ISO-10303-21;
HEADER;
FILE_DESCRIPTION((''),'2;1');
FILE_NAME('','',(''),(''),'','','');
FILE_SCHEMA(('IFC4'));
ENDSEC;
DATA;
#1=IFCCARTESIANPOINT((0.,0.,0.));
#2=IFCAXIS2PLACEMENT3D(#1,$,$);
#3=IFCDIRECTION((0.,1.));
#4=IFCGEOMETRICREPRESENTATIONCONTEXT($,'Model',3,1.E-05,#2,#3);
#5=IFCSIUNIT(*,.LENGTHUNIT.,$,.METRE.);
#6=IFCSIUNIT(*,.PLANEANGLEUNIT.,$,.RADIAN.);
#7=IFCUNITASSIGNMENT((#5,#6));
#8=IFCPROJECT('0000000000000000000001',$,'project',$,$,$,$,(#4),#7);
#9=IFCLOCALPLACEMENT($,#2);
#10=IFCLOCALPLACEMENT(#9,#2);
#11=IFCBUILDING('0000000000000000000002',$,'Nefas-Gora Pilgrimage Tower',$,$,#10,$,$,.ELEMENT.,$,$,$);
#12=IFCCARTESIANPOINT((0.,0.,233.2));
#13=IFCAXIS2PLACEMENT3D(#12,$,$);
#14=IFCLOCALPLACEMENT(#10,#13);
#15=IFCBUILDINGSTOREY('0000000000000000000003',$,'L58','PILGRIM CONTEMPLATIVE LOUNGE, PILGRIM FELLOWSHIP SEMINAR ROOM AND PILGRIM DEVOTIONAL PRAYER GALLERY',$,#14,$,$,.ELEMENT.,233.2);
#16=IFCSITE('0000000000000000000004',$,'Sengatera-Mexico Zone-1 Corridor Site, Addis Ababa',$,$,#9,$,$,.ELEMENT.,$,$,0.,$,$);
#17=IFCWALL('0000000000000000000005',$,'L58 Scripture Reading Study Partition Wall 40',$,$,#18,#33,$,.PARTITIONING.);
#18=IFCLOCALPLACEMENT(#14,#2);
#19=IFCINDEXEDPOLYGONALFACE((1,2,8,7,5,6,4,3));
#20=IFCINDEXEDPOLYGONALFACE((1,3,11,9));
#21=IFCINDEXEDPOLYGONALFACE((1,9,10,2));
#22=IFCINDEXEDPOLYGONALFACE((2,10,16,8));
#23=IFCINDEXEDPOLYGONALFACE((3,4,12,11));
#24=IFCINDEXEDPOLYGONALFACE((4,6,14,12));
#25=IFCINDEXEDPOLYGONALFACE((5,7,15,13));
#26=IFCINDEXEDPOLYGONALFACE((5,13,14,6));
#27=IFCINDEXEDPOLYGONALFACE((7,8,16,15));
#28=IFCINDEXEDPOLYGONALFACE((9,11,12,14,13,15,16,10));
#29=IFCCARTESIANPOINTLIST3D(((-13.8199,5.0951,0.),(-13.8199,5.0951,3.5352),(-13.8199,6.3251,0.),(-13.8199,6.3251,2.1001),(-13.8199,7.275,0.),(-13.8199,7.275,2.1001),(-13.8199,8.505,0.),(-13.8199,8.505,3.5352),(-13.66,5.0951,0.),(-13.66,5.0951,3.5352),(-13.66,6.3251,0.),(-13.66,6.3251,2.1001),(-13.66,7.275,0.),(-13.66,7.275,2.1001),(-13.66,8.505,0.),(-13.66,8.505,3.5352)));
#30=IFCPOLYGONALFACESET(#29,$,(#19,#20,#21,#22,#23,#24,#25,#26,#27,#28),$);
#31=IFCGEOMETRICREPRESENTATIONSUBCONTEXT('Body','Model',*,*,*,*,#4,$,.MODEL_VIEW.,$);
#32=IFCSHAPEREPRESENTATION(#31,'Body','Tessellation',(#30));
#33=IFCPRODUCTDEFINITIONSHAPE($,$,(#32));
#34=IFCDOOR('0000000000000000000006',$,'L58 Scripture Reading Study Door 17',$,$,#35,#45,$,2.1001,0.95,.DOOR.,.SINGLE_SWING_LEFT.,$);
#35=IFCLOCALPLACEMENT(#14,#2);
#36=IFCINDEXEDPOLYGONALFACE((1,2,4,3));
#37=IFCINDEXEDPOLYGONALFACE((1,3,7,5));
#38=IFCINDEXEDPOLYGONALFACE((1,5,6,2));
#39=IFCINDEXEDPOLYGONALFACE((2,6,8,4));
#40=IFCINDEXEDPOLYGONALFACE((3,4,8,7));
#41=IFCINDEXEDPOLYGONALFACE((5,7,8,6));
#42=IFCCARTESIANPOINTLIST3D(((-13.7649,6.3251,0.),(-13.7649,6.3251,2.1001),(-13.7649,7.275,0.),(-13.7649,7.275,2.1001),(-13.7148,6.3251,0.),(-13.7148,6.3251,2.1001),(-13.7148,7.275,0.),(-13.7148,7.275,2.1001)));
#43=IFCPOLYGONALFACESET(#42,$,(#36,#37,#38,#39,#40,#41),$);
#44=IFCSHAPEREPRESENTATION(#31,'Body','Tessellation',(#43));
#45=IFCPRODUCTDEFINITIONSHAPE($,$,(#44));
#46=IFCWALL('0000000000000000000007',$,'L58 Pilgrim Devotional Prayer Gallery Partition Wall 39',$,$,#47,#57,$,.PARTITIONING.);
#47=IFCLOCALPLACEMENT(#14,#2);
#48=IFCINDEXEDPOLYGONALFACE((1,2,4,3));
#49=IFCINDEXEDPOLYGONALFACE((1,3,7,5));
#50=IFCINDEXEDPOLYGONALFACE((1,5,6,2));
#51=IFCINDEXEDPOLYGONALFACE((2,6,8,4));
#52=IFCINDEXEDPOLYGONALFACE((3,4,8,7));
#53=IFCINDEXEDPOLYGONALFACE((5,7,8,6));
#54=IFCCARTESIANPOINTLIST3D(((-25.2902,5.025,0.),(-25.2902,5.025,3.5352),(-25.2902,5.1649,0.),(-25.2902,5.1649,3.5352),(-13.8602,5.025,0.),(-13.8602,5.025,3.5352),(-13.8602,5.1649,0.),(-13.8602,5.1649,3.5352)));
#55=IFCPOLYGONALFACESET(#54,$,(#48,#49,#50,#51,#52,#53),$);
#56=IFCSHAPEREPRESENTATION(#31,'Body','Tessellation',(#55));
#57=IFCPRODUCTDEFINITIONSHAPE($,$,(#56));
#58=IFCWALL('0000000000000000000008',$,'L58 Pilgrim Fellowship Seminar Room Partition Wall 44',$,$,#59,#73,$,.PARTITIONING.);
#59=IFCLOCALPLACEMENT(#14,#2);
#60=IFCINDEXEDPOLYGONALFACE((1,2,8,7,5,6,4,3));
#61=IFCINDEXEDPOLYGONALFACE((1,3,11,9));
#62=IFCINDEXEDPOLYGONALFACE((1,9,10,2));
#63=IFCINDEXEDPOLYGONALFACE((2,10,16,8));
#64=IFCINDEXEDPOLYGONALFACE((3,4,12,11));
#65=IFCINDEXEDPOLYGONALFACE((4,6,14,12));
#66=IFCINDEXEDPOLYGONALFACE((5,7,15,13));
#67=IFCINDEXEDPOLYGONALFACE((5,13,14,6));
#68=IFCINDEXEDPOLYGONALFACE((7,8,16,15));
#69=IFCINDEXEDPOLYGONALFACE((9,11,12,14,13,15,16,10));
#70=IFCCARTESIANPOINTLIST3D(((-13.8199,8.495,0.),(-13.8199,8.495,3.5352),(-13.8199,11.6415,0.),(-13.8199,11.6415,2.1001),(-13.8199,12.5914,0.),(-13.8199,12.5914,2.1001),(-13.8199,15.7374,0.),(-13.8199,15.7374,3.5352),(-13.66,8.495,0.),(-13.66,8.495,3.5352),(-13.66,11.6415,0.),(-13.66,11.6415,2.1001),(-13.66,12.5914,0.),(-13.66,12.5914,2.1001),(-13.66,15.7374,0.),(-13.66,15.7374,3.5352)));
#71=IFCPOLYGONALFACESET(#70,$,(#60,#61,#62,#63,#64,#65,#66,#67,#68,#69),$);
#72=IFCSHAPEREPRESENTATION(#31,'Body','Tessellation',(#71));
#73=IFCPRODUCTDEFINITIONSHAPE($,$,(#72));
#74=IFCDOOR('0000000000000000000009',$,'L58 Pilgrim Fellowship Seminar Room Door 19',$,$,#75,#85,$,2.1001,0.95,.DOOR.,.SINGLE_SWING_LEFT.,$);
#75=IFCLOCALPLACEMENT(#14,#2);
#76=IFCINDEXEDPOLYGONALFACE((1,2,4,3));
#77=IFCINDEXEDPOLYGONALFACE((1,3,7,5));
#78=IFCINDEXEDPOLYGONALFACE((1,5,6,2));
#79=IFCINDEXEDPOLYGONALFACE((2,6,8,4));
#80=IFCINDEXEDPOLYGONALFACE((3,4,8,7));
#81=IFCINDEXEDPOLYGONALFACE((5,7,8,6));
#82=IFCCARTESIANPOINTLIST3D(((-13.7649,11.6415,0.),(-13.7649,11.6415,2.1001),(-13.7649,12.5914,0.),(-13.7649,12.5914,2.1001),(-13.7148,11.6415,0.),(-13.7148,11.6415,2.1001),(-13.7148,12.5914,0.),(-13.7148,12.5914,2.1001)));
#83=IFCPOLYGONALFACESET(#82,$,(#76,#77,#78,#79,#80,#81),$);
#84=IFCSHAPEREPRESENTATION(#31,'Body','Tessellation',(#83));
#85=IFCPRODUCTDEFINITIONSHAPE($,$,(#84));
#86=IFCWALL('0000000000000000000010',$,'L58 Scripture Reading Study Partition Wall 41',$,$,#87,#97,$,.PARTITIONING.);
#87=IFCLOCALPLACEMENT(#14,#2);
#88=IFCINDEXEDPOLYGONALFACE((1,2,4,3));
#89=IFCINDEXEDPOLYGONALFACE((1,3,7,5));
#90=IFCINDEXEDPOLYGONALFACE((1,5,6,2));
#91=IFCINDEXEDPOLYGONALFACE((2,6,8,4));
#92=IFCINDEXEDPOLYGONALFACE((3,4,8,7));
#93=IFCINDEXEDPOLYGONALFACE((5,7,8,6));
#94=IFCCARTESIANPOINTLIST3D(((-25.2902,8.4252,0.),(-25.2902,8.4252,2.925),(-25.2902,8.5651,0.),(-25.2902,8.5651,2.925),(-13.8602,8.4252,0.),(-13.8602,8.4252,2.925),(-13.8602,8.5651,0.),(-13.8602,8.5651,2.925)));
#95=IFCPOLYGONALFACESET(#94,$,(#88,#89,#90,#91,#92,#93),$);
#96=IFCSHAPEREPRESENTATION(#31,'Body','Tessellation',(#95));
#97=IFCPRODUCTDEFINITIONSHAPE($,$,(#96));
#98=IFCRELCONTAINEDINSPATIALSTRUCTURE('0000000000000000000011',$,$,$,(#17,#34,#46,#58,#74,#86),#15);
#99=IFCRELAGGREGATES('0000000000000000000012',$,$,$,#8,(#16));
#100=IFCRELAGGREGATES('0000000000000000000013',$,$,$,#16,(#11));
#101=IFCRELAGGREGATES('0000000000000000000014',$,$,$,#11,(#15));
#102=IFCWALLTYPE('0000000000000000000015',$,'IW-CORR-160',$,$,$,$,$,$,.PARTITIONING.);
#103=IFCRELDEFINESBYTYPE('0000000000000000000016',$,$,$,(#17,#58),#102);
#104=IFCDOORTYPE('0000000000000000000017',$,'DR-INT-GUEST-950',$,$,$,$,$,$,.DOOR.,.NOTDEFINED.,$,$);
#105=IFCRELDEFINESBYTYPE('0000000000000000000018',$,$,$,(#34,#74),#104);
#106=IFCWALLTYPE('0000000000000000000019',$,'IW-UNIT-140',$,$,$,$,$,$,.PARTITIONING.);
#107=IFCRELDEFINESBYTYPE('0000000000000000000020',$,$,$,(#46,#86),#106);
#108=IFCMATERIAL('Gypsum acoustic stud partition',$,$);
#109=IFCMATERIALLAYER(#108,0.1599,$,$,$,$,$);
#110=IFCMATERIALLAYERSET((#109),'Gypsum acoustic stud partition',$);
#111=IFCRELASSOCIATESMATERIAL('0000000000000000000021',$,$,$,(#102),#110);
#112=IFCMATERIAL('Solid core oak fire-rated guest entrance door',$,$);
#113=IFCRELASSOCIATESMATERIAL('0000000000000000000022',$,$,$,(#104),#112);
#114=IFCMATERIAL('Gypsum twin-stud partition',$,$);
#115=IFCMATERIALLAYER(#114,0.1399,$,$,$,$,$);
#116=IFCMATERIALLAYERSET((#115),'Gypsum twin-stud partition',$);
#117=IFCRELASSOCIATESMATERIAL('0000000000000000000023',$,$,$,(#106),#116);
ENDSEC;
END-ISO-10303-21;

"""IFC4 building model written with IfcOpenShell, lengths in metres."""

from ifc_helpers import new_model, si_unit, direction, frame, frame_2d, origin, place, context, subcontext, project, spatial, rectangle, extrude, source, transform, mapped, material, layer, layer_set, type_object, element, fill, save


model = new_model("IFC4")

# Units and contexts
model_context = context("Model", 3, precision=1e-05, world=origin(), true_north=direction((0.0, 1.0)))
body_context = subcontext(model_context, "Body", "Model", "MODEL_VIEW")
ifc_project = project(units=[si_unit("LENGTHUNIT", "METRE"), si_unit("PLANEANGLEUNIT", "RADIAN")], contexts=[model_context])

# Site, building, storey
site_placement = place(None, origin())
site = spatial("IfcSite", under=ifc_project, at=site_placement, Name="Sengatera-Mexico Zone-1 Corridor Site, Addis Ababa", CompositionType="ELEMENT", RefElevation=0.0)
building_placement = place(site_placement, origin())
building = spatial("IfcBuilding", under=site, at=building_placement, Name="Nefas-Gora Pilgrimage Tower", CompositionType="ELEMENT")
storey_placement = place(building_placement, frame((0.0, 0.0, 233.2)))
storey = spatial("IfcBuildingStorey", under=building, at=storey_placement, Name="L58", Description="PILGRIM CONTEMPLATIVE LOUNGE, PILGRIM FELLOWSHIP SEMINAR ROOM AND PILGRIM DEVOTIONAL PRAYER GALLERY", CompositionType="ELEMENT", Elevation=233.2)

# Wall, opening, door
ifc_material_1 = material(Name="Gypsum acoustic stud partition")
ifc_layer_1 = layer(ifc_material_1, 0.1599)
ifc_layer_set_1 = layer_set([ifc_layer_1], Name="Gypsum acoustic stud partition")
wall_type_1 = type_object("IfcWallType", Name="IW-CORR-160", PredefinedType="PARTITIONING", material=ifc_layer_set_1)
shared_shape_1 = source(origin(), body_context, "Body", "SweptSolid", [
    extrude(rectangle(XDim=3.4099, YDim=0.1599, at=frame_2d((1.7051, 0.0))), origin(), (0.0, 0.0, 1.0), 3.5352),
])
wall_1_placement = place(storey_placement, frame((-13.74, 5.095, 0.0), z_axis=(0.0, 0.0, 1.0), x_axis=(0.0, 1.0, 0.0)))
wall_1 = element("IfcWall", 1, at=wall_1_placement, inside=storey, type_object=wall_type_1, Name="L58 Scripture Reading Study Partition Wall 40", PredefinedType="PARTITIONING", context=body_context, shape_type="MappedRepresentation", body=[
    mapped(shared_shape_1, transform((0.0, 0.0, 0.0), x_axis=(1.0, 0.0, 0.0), y_axis=(0.0, 1.0, 0.0), z_axis=(0.0, 0.0, 1.0), scale=1.0)),
])
opening_1_placement = place(wall_1_placement, frame((1.23, 0.0, 0.0)))
opening_1 = element("IfcOpeningElement", 2, at=opening_1_placement, cuts=wall_1, PredefinedType="OPENING", context=body_context, shape_type="SweptSolid", body=[
    extrude(rectangle(XDim=0.95, YDim=2.1001, at=frame_2d((0.4751, 1.05))), frame((0.0, 0.0898, 0.0), z_axis=(0.0, -1.0, 0.0), x_axis=(1.0, 0.0, 0.0)), (0.0, 0.0, 1.0), 0.1799),
])
ifc_material_2 = material(Name="Solid core oak fire-rated guest entrance door")
door_type = type_object("IfcDoorType", Name="DR-INT-GUEST-950", OperationType="NOTDEFINED", PredefinedType="DOOR", material=ifc_material_2)
shared_shape_2 = source(origin(), body_context, "Body", "SweptSolid", [
    extrude(rectangle(XDim=0.95, YDim=2.1001, at=frame_2d((0.4751, 1.05))), frame((0.0, 0.0249, 0.0), z_axis=(0.0, -1.0, 0.0), x_axis=(1.0, 0.0, 0.0)), (0.0, 0.0, 1.0), 0.05),
])
door_1_placement = place(opening_1_placement, origin())
door_1 = element("IfcDoor", 3, at=door_1_placement, inside=storey, type_object=door_type, Name="L58 Scripture Reading Study Door 17", OperationType="SINGLE_SWING_LEFT", OverallHeight=2.1001, OverallWidth=0.95, PredefinedType="DOOR", context=body_context, shape_type="MappedRepresentation", body=[
    mapped(shared_shape_2, transform((0.0, 0.0, 0.0), x_axis=(1.0, 0.0, 0.0), y_axis=(0.0, 1.0, 0.0), z_axis=(0.0, 0.0, 1.0), scale=1.0)),
])
fill(opening_1, door_1)

# Wall
ifc_material_3 = material(Name="Gypsum twin-stud partition")
ifc_layer_2 = layer(ifc_material_3, 0.1399)
ifc_layer_set_2 = layer_set([ifc_layer_2], Name="Gypsum twin-stud partition")
wall_type_2 = type_object("IfcWallType", Name="IW-UNIT-140", PredefinedType="PARTITIONING", material=ifc_layer_set_2)
shared_shape_3 = source(origin(), body_context, "Body", "SweptSolid", [
    extrude(rectangle(XDim=11.4299, YDim=0.1399, at=frame_2d((5.7148, 0.0))), origin(), (0.0, 0.0, 1.0), 3.5352),
])
wall_2_placement = place(storey_placement, frame((-25.29, 5.095, 0.0), z_axis=(0.0, 0.0, 1.0), x_axis=(1.0, 0.0, 0.0)))
element("IfcWall", 4, at=wall_2_placement, inside=storey, type_object=wall_type_2, Name="L58 Pilgrim Devotional Prayer Gallery Partition Wall 39", PredefinedType="PARTITIONING", context=body_context, shape_type="MappedRepresentation", body=[
    mapped(shared_shape_3, transform((0.0, 0.0, 0.0), x_axis=(1.0, 0.0, 0.0), y_axis=(0.0, 1.0, 0.0), z_axis=(0.0, 0.0, 1.0), scale=1.0)),
])

# Wall, opening, door
shared_shape_4 = source(origin(), body_context, "Body", "SweptSolid", [
    extrude(rectangle(XDim=7.2424, YDim=0.1599, at=frame_2d((3.6211, 0.0))), origin(), (0.0, 0.0, 1.0), 3.5352),
])
wall_3_placement = place(storey_placement, frame((-13.74, 8.4951, 0.0), z_axis=(0.0, 0.0, 1.0), x_axis=(0.0, 1.0, 0.0)))
wall_3 = element("IfcWall", 5, at=wall_3_placement, inside=storey, type_object=wall_type_1, Name="L58 Pilgrim Fellowship Seminar Room Partition Wall 44", PredefinedType="PARTITIONING", context=body_context, shape_type="MappedRepresentation", body=[
    mapped(shared_shape_4, transform((0.0, 0.0, 0.0), x_axis=(1.0, 0.0, 0.0), y_axis=(0.0, 1.0, 0.0), z_axis=(0.0, 0.0, 1.0), scale=1.0)),
])
opening_2_placement = place(wall_3_placement, frame((3.1462, 0.0, 0.0)))
opening_2 = element("IfcOpeningElement", 6, at=opening_2_placement, cuts=wall_3, PredefinedType="OPENING", context=body_context, shape_type="SweptSolid", body=[
    extrude(rectangle(XDim=0.95, YDim=2.1001, at=frame_2d((0.4751, 1.05))), frame((0.0, 0.0898, 0.0), z_axis=(0.0, -1.0, 0.0), x_axis=(1.0, 0.0, 0.0)), (0.0, 0.0, 1.0), 0.1799),
])
door_2_placement = place(opening_2_placement, origin())
door_2 = element("IfcDoor", 7, at=door_2_placement, inside=storey, type_object=door_type, Name="L58 Pilgrim Fellowship Seminar Room Door 19", OperationType="SINGLE_SWING_LEFT", OverallHeight=2.1001, OverallWidth=0.95, PredefinedType="DOOR", context=body_context, shape_type="MappedRepresentation", body=[
    mapped(shared_shape_2, transform((0.0, 0.0, 0.0), x_axis=(1.0, 0.0, 0.0), y_axis=(0.0, 1.0, 0.0), z_axis=(0.0, 0.0, 1.0), scale=1.0)),
])
fill(opening_2, door_2)

# Wall
shared_shape_5 = source(origin(), body_context, "Body", "SweptSolid", [
    extrude(rectangle(XDim=11.4299, YDim=0.1399, at=frame_2d((5.7148, 0.0))), origin(), (0.0, 0.0, 1.0), 2.925),
])
wall_4_placement = place(storey_placement, frame((-25.29, 8.4951, 0.0), z_axis=(0.0, 0.0, 1.0), x_axis=(1.0, 0.0, 0.0)))
element("IfcWall", 8, at=wall_4_placement, inside=storey, type_object=wall_type_2, Name="L58 Scripture Reading Study Partition Wall 41", PredefinedType="PARTITIONING", context=body_context, shape_type="MappedRepresentation", body=[
    mapped(shared_shape_5, transform((0.0, 0.0, 0.0), x_axis=(1.0, 0.0, 0.0), y_axis=(0.0, 1.0, 0.0), z_axis=(0.0, 0.0, 1.0), scale=1.0)),
])

save(model, "model.ifc")
